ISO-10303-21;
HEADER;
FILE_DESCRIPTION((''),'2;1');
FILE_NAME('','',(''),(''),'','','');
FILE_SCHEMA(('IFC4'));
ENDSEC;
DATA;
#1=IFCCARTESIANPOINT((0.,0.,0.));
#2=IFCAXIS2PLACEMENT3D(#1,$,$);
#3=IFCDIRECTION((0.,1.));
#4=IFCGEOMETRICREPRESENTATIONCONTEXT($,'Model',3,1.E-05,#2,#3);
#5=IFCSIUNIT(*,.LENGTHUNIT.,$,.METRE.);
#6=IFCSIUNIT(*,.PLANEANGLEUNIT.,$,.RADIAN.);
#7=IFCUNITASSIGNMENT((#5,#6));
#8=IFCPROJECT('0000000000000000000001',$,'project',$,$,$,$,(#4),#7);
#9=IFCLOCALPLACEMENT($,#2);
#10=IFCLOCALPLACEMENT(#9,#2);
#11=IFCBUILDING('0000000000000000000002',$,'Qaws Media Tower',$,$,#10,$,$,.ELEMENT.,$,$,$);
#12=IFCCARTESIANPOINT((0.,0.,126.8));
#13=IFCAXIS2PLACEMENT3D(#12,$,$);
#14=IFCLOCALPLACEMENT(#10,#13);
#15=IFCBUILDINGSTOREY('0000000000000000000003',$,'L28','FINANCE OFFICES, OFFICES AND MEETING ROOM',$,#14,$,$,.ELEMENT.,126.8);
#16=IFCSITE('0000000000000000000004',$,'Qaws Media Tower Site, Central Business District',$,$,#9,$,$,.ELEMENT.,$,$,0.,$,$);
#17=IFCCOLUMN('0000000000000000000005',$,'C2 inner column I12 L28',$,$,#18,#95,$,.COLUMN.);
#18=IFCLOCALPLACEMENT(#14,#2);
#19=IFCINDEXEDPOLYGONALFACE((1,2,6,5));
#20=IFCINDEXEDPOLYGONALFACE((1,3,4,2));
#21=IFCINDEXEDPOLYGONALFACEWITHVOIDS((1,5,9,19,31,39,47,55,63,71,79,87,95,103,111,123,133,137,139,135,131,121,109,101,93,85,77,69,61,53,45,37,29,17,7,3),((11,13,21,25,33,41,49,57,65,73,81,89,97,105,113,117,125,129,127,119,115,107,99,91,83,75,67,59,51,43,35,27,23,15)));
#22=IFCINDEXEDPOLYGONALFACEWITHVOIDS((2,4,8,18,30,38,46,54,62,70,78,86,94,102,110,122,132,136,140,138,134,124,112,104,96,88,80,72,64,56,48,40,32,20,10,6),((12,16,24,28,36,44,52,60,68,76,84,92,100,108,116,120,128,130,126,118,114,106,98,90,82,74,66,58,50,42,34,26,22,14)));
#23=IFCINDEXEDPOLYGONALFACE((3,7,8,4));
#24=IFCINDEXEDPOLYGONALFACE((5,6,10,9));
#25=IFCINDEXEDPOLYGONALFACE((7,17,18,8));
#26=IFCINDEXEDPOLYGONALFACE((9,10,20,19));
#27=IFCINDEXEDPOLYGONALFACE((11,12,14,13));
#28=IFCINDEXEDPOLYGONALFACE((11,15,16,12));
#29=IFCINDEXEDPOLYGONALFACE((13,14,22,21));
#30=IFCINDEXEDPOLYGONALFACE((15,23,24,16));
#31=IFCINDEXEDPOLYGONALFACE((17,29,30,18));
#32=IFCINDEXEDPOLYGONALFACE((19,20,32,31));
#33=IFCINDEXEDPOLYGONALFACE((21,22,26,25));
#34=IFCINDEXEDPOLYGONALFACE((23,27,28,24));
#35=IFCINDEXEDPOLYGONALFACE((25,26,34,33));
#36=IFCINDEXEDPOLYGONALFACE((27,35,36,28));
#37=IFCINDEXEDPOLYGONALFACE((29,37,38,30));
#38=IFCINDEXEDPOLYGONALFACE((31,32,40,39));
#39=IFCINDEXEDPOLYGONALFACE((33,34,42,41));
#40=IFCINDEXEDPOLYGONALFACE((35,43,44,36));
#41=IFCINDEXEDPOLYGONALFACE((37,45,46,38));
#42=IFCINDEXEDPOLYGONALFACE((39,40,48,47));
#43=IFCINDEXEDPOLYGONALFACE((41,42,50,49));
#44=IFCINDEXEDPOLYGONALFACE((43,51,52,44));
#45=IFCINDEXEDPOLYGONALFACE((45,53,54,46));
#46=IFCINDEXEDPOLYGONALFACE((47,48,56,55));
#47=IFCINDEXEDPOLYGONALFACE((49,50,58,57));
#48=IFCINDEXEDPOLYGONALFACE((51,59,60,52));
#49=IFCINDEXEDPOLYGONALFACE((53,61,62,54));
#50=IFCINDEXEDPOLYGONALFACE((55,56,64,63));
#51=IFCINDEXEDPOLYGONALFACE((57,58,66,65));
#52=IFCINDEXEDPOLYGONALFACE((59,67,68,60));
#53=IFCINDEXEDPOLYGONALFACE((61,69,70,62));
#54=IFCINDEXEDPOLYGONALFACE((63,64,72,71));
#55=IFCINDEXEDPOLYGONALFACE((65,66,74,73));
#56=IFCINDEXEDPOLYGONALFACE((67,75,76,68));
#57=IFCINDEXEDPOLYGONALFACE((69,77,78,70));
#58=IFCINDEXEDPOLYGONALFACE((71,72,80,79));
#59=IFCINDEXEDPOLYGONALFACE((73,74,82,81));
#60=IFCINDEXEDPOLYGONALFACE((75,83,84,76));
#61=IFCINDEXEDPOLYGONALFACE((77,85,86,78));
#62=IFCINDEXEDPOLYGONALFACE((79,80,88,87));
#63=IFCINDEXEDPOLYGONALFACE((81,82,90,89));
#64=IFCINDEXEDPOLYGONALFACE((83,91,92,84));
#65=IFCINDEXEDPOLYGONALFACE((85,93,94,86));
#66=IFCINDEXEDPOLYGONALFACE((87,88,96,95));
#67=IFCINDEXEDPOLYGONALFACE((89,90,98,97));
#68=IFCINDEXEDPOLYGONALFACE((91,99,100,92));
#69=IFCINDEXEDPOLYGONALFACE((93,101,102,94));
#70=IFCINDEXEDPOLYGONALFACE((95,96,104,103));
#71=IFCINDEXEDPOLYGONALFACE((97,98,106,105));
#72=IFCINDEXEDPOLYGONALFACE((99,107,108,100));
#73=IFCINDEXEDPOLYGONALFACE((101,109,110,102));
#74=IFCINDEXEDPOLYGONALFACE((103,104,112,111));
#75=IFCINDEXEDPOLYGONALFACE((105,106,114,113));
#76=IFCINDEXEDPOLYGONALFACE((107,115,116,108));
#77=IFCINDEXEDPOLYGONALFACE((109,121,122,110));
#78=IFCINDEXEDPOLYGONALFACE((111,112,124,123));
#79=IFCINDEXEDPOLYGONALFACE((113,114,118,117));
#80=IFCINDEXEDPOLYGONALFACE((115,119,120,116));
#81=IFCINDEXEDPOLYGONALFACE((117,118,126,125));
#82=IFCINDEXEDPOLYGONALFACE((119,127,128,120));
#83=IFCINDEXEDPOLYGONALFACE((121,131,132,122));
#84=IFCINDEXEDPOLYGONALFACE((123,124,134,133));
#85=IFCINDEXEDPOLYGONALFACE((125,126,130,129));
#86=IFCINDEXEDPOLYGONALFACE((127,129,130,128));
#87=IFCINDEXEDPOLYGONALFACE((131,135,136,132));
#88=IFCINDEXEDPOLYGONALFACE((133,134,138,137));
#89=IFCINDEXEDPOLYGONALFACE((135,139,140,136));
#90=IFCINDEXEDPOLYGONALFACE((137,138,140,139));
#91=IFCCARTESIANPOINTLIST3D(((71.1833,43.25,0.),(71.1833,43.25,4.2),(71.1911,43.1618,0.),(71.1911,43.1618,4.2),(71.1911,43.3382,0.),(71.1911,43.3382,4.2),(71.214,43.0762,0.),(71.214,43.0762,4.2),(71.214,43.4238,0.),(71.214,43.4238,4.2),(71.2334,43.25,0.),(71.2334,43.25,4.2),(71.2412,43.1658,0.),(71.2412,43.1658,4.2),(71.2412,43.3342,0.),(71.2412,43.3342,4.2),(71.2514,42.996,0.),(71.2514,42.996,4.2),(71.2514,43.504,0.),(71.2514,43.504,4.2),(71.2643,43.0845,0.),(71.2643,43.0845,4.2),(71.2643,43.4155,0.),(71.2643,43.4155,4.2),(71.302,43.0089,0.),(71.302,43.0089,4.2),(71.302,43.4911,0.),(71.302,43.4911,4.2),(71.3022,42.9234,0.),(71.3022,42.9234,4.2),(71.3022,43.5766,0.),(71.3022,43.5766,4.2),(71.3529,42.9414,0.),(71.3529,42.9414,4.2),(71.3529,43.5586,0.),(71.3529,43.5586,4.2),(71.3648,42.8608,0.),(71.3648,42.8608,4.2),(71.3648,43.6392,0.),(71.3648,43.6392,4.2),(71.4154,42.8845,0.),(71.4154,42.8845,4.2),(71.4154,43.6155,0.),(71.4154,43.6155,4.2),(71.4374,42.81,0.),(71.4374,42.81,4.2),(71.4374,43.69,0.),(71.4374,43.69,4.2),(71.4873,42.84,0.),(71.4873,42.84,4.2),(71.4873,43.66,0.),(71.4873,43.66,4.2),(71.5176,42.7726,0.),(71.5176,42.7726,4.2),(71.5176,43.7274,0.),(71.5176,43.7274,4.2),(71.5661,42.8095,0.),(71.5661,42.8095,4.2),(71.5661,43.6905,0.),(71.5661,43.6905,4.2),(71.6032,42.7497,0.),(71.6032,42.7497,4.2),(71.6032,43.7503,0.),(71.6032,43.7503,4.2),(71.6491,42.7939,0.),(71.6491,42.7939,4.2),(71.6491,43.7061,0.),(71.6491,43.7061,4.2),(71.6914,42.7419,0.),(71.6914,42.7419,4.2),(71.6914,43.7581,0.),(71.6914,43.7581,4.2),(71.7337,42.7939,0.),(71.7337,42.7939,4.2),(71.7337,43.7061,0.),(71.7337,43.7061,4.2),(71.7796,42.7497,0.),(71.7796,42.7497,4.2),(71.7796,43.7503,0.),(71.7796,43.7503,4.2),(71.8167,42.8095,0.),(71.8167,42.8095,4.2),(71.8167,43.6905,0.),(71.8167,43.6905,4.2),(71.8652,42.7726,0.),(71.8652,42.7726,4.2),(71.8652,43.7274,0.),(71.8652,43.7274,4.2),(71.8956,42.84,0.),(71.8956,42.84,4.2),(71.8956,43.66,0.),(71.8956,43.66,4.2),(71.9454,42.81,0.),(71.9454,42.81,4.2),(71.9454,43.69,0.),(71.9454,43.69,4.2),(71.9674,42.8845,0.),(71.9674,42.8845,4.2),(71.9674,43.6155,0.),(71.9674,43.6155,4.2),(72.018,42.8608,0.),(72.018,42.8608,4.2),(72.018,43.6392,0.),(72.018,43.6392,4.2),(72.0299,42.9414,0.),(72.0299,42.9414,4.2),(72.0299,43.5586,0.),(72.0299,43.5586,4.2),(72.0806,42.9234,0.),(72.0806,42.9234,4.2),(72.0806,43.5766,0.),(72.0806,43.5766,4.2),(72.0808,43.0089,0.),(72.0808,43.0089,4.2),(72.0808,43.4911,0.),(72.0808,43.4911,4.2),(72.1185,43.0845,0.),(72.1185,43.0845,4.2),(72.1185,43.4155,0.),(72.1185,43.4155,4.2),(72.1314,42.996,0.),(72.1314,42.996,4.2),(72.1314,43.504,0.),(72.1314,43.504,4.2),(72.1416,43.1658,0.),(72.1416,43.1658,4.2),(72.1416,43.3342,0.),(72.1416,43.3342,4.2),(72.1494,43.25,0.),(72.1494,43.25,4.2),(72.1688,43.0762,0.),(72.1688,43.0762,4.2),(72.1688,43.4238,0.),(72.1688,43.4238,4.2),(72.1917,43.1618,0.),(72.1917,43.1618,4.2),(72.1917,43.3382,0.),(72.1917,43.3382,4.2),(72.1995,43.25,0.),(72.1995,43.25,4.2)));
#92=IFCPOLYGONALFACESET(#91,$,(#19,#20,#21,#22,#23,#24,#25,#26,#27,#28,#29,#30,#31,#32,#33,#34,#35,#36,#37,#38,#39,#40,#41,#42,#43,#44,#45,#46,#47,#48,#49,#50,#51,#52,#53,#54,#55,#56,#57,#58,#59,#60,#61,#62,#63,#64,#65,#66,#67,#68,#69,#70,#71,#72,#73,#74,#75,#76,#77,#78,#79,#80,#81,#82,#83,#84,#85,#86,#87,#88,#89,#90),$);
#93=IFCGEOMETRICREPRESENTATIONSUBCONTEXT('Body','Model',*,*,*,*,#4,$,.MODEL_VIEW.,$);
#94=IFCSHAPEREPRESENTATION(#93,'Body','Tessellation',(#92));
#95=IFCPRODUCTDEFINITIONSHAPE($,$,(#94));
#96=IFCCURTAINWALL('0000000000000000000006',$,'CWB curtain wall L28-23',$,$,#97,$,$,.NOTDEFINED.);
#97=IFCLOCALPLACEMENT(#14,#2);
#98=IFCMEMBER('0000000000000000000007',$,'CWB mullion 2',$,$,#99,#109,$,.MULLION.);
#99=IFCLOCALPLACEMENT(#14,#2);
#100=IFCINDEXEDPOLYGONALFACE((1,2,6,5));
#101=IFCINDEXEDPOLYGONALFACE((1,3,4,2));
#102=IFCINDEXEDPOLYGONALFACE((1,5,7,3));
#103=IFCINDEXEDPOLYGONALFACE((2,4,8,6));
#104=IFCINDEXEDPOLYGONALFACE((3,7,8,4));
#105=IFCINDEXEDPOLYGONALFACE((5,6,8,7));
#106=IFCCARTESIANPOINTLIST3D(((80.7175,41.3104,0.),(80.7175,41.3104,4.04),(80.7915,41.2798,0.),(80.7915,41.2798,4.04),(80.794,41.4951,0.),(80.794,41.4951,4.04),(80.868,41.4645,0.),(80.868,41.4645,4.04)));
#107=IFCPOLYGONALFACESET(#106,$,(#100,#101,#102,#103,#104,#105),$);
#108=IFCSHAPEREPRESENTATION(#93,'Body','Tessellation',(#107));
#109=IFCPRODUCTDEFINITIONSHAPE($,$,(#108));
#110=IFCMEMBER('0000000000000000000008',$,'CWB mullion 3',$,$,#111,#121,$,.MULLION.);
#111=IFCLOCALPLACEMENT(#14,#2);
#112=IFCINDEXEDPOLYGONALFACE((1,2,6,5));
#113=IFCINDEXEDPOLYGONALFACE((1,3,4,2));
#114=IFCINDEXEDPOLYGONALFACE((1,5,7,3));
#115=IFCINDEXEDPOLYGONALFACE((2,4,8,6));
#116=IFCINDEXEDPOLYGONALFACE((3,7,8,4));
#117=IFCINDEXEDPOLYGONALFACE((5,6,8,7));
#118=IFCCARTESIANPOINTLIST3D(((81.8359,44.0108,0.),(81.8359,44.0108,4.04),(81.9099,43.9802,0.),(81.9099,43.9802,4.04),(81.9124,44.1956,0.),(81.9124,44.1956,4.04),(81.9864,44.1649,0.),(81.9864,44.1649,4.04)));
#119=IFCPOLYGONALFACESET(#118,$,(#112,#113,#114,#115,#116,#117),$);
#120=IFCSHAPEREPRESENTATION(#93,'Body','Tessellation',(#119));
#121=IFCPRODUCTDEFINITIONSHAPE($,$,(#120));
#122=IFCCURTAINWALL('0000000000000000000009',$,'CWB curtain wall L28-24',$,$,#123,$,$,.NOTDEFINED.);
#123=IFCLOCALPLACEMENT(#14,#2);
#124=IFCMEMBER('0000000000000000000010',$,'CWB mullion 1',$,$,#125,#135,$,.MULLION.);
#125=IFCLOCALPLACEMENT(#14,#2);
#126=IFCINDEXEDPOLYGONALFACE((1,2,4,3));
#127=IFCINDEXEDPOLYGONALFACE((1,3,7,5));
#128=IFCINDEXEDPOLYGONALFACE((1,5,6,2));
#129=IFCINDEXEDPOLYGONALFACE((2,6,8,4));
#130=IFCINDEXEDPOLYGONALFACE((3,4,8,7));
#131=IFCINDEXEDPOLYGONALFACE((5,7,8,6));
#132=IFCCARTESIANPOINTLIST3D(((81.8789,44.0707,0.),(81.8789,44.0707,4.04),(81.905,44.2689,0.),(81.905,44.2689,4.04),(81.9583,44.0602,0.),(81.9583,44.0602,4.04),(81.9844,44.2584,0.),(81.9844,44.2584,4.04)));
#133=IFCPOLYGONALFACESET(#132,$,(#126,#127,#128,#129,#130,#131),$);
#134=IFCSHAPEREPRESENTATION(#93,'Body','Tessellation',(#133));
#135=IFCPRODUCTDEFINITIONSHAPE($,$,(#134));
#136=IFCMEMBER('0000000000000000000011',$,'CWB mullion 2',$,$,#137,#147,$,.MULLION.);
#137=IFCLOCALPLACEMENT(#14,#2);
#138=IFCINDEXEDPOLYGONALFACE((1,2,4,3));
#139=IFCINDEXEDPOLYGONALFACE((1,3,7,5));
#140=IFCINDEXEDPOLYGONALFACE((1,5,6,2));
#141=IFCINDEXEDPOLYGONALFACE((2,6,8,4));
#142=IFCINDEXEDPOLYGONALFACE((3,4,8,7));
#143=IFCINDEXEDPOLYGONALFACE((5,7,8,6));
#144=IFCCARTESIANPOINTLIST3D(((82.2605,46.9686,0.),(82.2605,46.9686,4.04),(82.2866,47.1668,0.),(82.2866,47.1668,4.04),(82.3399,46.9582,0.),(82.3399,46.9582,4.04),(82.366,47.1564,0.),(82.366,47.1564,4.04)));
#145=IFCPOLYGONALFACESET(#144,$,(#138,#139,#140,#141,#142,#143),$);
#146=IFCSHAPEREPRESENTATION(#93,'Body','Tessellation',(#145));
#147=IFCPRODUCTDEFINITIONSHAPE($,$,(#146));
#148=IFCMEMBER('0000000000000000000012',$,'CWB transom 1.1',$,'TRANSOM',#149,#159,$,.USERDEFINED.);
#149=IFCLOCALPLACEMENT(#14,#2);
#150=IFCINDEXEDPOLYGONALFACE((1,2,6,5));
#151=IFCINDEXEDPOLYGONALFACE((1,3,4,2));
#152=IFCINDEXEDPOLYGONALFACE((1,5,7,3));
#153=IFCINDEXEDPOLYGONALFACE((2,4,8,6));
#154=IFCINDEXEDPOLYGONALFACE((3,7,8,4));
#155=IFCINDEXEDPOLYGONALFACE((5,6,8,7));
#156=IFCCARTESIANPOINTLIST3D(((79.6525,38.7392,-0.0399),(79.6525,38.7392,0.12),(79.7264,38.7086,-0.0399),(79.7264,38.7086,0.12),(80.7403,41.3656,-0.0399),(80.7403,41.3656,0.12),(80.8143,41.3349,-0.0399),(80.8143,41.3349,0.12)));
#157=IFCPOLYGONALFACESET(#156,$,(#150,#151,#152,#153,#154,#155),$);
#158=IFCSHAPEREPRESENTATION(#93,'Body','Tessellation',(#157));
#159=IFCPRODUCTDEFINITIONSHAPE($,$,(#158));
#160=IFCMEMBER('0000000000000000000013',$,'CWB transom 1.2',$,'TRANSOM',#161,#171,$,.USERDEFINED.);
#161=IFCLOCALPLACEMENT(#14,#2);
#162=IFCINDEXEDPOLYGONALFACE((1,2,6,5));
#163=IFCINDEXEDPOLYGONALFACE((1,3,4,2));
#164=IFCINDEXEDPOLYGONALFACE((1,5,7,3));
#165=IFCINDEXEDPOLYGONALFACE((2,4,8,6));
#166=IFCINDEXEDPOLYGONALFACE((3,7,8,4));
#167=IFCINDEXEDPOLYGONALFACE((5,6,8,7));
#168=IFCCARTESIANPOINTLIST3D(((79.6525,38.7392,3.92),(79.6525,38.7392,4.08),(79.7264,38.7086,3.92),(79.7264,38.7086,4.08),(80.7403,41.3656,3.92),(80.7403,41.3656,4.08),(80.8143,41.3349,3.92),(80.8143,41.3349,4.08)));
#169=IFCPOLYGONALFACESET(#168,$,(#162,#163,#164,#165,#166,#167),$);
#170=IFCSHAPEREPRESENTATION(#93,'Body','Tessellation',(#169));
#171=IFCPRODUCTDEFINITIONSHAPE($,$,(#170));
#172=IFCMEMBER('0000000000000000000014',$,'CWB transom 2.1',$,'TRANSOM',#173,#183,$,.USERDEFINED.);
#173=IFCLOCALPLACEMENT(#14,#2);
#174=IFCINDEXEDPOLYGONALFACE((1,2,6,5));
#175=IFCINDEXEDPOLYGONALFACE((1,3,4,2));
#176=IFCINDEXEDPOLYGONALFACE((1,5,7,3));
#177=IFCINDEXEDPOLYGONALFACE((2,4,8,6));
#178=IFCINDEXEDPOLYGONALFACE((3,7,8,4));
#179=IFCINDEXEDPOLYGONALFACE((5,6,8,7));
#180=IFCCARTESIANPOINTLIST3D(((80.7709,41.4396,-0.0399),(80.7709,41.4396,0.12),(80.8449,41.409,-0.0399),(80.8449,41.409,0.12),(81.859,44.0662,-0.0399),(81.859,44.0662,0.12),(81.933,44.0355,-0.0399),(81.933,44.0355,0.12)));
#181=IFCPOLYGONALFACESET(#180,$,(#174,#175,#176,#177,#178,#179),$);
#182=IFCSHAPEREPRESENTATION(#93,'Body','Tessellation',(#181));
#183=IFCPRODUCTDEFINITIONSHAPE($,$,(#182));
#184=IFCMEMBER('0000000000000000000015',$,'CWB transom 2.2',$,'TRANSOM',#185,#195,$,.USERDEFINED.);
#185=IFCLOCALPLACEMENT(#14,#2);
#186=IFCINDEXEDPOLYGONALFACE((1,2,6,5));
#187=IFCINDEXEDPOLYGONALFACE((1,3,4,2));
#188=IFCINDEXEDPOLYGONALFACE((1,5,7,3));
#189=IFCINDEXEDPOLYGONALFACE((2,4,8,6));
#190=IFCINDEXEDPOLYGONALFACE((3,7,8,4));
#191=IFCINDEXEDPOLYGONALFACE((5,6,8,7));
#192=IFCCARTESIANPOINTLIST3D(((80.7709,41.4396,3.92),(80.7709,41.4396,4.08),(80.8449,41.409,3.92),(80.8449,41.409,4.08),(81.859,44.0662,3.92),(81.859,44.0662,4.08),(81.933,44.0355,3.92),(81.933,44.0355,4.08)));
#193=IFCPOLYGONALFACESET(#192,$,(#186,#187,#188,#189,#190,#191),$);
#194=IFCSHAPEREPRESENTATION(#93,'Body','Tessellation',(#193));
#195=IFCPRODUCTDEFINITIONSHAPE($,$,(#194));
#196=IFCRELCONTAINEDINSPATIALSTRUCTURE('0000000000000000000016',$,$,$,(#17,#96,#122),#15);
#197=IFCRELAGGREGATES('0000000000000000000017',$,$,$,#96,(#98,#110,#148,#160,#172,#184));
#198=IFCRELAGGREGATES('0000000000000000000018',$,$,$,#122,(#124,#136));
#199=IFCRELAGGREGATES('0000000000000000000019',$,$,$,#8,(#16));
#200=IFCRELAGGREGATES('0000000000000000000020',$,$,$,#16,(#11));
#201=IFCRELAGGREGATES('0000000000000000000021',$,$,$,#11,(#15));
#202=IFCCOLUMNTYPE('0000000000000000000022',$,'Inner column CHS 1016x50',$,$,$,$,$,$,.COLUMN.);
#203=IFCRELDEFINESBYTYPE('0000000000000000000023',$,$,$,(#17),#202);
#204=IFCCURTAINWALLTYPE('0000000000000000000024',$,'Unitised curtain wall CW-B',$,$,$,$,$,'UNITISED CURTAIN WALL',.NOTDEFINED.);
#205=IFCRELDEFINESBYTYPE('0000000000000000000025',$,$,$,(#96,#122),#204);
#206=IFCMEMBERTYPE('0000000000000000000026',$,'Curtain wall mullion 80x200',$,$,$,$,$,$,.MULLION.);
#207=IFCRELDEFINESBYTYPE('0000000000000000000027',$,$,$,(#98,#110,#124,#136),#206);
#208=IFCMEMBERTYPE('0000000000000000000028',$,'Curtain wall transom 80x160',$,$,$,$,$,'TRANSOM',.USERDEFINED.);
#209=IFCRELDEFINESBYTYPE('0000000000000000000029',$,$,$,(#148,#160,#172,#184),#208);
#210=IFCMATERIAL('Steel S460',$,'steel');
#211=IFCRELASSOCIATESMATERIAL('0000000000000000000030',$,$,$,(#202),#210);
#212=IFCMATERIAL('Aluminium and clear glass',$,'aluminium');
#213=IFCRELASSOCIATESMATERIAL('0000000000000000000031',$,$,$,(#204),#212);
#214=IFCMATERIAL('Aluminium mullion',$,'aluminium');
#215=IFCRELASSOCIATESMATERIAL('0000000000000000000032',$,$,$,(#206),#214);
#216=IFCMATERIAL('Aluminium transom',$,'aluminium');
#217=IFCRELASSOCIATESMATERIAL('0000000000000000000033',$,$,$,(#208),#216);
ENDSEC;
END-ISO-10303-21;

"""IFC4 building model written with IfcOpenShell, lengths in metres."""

from ifc_helpers import new_model, si_unit, direction, frame, origin, origin_2d, place, context, subcontext, project, spatial, rectangle, hollow_circle, extrude, material, material_profile, profile_set, type_object, element, aggregate, save


model = new_model("IFC4")

# Units and contexts
model_context = context("Model", 3, precision=1e-05, world=origin(), true_north=direction((0.0, 1.0)))
body_context = subcontext(model_context, "Body", "Model", "MODEL_VIEW")
ifc_project = project(units=[si_unit("LENGTHUNIT", "METRE"), si_unit("PLANEANGLEUNIT", "RADIAN")], contexts=[model_context])

# Site, building, storey
site_placement = place(None, origin())
site = spatial("IfcSite", under=ifc_project, at=site_placement, Name="Qaws Media Tower Site, Central Business District", CompositionType="ELEMENT", RefElevation=0.0)
building_placement = place(site_placement, origin())
building = spatial("IfcBuilding", under=site, at=building_placement, Name="Qaws Media Tower", CompositionType="ELEMENT")
storey_placement = place(building_placement, frame((0.0, 0.0, 126.8)))
storey = spatial("IfcBuildingStorey", under=building, at=storey_placement, Name="L28", Description="FINANCE OFFICES, OFFICES AND MEETING ROOM", CompositionType="ELEMENT", Elevation=126.8)

# Column
ifc_material_1 = material(Name="Steel S460", Category="steel")
ifc_material_profile_1 = material_profile(ifc_material_1, hollow_circle(Radius=0.5081, WallThickness=0.05, at=origin_2d()), Name="CHS 1016x50")
ifc_profile_set_1 = profile_set([ifc_material_profile_1], Name="Steel S460")
column_type = type_object("IfcColumnType", Name="Inner column CHS 1016x50", PredefinedType="COLUMN", material=ifc_profile_set_1)
column_placement = place(storey_placement, frame((71.6914, 43.25, 0.0), z_axis=(0.0, 0.0, 1.0), x_axis=(1.0, 0.0, 0.0)))
element("IfcColumn", 1, at=column_placement, inside=storey, type_object=column_type, Name="C2 inner column I12 L28", PredefinedType="COLUMN", context=body_context, shape_type="SweptSolid", body=[
    extrude(hollow_circle(Radius=0.5081, WallThickness=0.05, at=origin_2d()), origin(), (0.0, 0.0, 1.0), 4.2),
])

# Curtain walls, members
ifc_material_2 = material(Name="Aluminium and clear glass", Category="aluminium")
curtain_wall_type = type_object("IfcCurtainWallType", Name="Unitised curtain wall CW-B", ElementType="UNITISED CURTAIN WALL", PredefinedType="NOTDEFINED", material=ifc_material_2)
curtain_wall_1_placement = place(storey_placement, origin())
curtain_wall_1 = element("IfcCurtainWall", 2, at=curtain_wall_1_placement, inside=storey, type_object=curtain_wall_type, Name="CWB curtain wall L28-23", PredefinedType="NOTDEFINED")
ifc_material_3 = material(Name="Aluminium mullion", Category="aluminium")
ifc_material_profile_2 = material_profile(ifc_material_3, rectangle(XDim=0.0801, YDim=0.2, at=origin_2d()), Name="80x200")
ifc_profile_set_2 = profile_set([ifc_material_profile_2], Name="Aluminium mullion")
member_type_1 = type_object("IfcMemberType", Name="Curtain wall mullion 80x200", PredefinedType="MULLION", material=ifc_profile_set_2)
member_1_placement = place(storey_placement, frame((80.7927, 41.3875, 0.0), z_axis=(0.0, 0.0, 1.0), x_axis=(-0.92388, 0.382683, 0.0)))
member_1 = element("IfcMember", 3, at=member_1_placement, type_object=member_type_1, Name="CWB mullion 2", PredefinedType="MULLION", context=body_context, shape_type="SweptSolid", body=[
    extrude(rectangle(XDim=0.0801, YDim=0.2, at=origin_2d()), origin(), (0.0, 0.0, 1.0), 4.04),
])
member_2_placement = place(storey_placement, frame((81.9111, 44.0879, 0.0), z_axis=(0.0, 0.0, 1.0), x_axis=(-0.92388, 0.382683, 0.0)))
member_2 = element("IfcMember", 4, at=member_2_placement, type_object=member_type_1, Name="CWB mullion 3", PredefinedType="MULLION", context=body_context, shape_type="SweptSolid", body=[
    extrude(rectangle(XDim=0.0801, YDim=0.2, at=origin_2d()), origin(), (0.0, 0.0, 1.0), 4.04),
])
curtain_wall_2_placement = place(storey_placement, origin())
curtain_wall_2 = element("IfcCurtainWall", 5, at=curtain_wall_2_placement, inside=storey, type_object=curtain_wall_type, Name="CWB curtain wall L28-24", PredefinedType="NOTDEFINED")
member_3_placement = place(storey_placement, frame((81.9316, 44.1646, 0.0), z_axis=(0.0, 0.0, 1.0), x_axis=(-0.991445, 0.130526, 0.0)))
member_3 = element("IfcMember", 6, at=member_3_placement, type_object=member_type_1, Name="CWB mullion 1", PredefinedType="MULLION", context=body_context, shape_type="SweptSolid", body=[
    extrude(rectangle(XDim=0.0801, YDim=0.2, at=origin_2d()), origin(), (0.0, 0.0, 1.0), 4.04),
])
member_4_placement = place(storey_placement, frame((82.3132, 47.0625, 0.0), z_axis=(0.0, 0.0, 1.0), x_axis=(-0.991445, 0.130526, 0.0)))
member_4 = element("IfcMember", 7, at=member_4_placement, type_object=member_type_1, Name="CWB mullion 2", PredefinedType="MULLION", context=body_context, shape_type="SweptSolid", body=[
    extrude(rectangle(XDim=0.0801, YDim=0.2, at=origin_2d()), origin(), (0.0, 0.0, 1.0), 4.04),
])

# Members
ifc_material_4 = material(Name="Aluminium transom", Category="aluminium")
ifc_material_profile_3 = material_profile(ifc_material_4, rectangle(XDim=0.0801, YDim=0.1599, at=origin_2d()), Name="80x160")
ifc_profile_set_3 = profile_set([ifc_material_profile_3], Name="Aluminium transom")
member_type_2 = type_object("IfcMemberType", Name="Curtain wall transom 80x160", ElementType="TRANSOM", PredefinedType="USERDEFINED", material=ifc_profile_set_3)
member_5_placement = place(storey_placement, frame((79.6895, 38.7239, 0.04), z_axis=(0.382675, 0.923883, 0.0), x_axis=(-0.923883, 0.382675, 0.0)))
member_5 = element("IfcMember", 8, at=member_5_placement, type_object=member_type_2, Name="CWB transom 1.1", ObjectType="TRANSOM", PredefinedType="USERDEFINED", context=body_context, shape_type="SweptSolid", body=[
    extrude(rectangle(XDim=0.0801, YDim=0.1599, at=origin_2d()), origin(), (0.0, 0.0, 1.0), 2.8428),
])
member_6_placement = place(storey_placement, frame((79.6895, 38.7239, 4.0), z_axis=(0.382675, 0.923883, 0.0), x_axis=(-0.923883, 0.382675, 0.0)))
member_6 = element("IfcMember", 9, at=member_6_placement, type_object=member_type_2, Name="CWB transom 1.2", ObjectType="TRANSOM", PredefinedType="USERDEFINED", context=body_context, shape_type="SweptSolid", body=[
    extrude(rectangle(XDim=0.0801, YDim=0.1599, at=origin_2d()), origin(), (0.0, 0.0, 1.0), 2.8428),
])
member_7_placement = place(storey_placement, frame((80.8079, 41.4243, 0.04), z_axis=(0.382749, 0.923852, 0.0), x_axis=(-0.923852, 0.382749, 0.0)))
member_7 = element("IfcMember", 10, at=member_7_placement, type_object=member_type_2, Name="CWB transom 2.1", ObjectType="TRANSOM", PredefinedType="USERDEFINED", context=body_context, shape_type="SweptSolid", body=[
    extrude(rectangle(XDim=0.0801, YDim=0.1599, at=origin_2d()), origin(), (0.0, 0.0, 1.0), 2.843),
])
member_8_placement = place(storey_placement, frame((80.8079, 41.4243, 4.0), z_axis=(0.382749, 0.923852, 0.0), x_axis=(-0.923852, 0.382749, 0.0)))
member_8 = element("IfcMember", 11, at=member_8_placement, type_object=member_type_2, Name="CWB transom 2.2", ObjectType="TRANSOM", PredefinedType="USERDEFINED", context=body_context, shape_type="SweptSolid", body=[
    extrude(rectangle(XDim=0.0801, YDim=0.1599, at=origin_2d()), origin(), (0.0, 0.0, 1.0), 2.843),
])

aggregate(curtain_wall_1, [member_1, member_2, member_5, member_6, member_7, member_8])
aggregate(curtain_wall_2, [member_3, member_4])

save(model, "model.ifc")
